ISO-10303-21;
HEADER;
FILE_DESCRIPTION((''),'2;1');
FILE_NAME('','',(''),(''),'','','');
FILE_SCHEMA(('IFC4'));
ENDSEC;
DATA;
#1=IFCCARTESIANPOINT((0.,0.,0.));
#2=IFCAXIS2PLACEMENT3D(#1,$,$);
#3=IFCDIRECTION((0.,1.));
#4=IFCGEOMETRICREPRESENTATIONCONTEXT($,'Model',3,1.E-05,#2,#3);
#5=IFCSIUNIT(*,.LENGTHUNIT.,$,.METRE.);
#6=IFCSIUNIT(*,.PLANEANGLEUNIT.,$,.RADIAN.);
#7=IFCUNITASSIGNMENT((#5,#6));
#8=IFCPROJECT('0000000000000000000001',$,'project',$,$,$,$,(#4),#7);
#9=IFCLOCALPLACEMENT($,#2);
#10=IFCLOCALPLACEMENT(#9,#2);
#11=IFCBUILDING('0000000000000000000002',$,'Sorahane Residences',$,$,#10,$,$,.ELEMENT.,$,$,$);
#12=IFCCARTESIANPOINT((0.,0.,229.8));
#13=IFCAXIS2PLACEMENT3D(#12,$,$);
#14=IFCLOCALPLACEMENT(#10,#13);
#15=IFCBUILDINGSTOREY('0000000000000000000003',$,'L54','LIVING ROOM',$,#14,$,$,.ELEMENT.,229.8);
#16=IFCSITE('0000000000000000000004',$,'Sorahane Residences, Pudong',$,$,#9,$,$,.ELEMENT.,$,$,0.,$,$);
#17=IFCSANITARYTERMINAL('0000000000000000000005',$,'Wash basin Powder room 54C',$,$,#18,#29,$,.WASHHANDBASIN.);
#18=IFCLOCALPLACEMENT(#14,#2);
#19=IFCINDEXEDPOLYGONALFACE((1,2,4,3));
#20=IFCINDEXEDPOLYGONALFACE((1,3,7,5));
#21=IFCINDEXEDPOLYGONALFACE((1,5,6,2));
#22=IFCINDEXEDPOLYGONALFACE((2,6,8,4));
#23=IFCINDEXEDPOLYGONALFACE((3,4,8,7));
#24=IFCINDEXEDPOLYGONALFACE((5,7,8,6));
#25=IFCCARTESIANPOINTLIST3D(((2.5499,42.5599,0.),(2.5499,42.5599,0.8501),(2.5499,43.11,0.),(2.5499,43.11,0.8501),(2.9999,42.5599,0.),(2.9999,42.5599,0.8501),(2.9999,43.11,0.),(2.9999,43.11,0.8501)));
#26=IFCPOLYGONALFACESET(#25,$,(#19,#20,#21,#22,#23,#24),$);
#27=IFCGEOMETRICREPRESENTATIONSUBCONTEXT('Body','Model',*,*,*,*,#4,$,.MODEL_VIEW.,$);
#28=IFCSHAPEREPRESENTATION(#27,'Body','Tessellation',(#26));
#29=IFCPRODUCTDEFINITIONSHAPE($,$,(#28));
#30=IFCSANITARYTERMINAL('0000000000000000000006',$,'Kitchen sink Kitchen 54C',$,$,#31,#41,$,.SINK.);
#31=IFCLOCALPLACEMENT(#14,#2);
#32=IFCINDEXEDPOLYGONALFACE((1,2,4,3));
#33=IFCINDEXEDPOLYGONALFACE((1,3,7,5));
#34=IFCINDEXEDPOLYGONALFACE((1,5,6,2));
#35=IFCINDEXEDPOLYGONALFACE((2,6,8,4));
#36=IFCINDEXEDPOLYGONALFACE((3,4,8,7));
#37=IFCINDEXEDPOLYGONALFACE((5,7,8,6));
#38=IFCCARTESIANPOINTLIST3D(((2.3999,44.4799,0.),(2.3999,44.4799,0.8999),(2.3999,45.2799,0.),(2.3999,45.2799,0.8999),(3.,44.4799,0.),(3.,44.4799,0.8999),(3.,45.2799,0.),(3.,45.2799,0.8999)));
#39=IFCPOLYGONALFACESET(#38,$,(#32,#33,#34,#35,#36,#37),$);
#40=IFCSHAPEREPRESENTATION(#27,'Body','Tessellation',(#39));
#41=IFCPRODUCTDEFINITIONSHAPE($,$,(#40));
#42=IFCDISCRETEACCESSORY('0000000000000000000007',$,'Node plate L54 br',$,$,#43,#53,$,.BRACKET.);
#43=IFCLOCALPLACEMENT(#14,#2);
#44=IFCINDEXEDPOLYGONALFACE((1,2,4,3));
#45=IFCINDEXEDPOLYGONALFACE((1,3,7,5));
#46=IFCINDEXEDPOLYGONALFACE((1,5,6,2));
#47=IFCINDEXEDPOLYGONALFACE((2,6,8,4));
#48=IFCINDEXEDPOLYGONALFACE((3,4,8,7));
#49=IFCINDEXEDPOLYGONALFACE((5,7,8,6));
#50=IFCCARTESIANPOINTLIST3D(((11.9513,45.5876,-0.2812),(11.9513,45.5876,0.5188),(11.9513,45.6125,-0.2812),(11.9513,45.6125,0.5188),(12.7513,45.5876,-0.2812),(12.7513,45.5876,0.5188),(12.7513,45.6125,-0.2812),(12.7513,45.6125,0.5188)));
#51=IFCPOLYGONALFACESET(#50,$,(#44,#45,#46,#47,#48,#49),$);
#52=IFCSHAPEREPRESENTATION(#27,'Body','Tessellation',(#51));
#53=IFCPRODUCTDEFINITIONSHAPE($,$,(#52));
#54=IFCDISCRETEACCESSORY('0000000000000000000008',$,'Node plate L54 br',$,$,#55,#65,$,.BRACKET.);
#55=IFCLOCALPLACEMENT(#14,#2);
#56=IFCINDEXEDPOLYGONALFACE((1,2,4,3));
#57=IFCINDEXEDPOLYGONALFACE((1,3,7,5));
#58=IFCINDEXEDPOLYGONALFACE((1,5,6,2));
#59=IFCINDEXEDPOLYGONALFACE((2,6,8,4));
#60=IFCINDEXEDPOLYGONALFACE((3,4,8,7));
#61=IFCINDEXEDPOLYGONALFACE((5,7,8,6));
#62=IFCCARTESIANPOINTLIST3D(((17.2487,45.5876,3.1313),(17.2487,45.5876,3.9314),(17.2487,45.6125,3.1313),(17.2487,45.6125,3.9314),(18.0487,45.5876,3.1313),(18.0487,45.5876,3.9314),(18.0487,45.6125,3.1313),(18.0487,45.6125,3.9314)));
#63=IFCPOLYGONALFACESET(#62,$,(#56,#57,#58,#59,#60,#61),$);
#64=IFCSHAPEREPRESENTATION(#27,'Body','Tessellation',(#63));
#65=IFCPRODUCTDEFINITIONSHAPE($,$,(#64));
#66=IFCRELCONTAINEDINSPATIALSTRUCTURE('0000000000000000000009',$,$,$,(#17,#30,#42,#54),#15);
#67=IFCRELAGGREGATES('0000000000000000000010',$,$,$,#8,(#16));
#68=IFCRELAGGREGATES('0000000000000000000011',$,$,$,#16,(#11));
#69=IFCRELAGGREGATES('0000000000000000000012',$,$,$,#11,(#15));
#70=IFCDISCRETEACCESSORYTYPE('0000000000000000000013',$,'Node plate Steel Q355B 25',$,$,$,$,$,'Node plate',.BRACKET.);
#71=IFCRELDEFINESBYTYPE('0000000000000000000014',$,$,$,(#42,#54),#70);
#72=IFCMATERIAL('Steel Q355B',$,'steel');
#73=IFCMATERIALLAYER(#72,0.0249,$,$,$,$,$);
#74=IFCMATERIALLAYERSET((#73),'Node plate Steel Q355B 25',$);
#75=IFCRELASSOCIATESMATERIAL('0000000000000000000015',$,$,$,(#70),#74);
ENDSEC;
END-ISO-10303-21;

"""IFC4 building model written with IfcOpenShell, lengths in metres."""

from ifc_helpers import new_model, si_unit, direction, frame, origin, origin_2d, place, context, subcontext, project, spatial, rectangle, extrude, material, layer, layer_set, type_object, element, save


model = new_model("IFC4")

# Units and contexts
model_context = context("Model", 3, precision=1e-05, world=origin(), true_north=direction((0.0, 1.0)))
body_context = subcontext(model_context, "Body", "Model", "MODEL_VIEW")
ifc_project = project(units=[si_unit("LENGTHUNIT", "METRE"), si_unit("PLANEANGLEUNIT", "RADIAN")], contexts=[model_context])

# Site, building, storey
site_placement = place(None, origin())
site = spatial("IfcSite", under=ifc_project, at=site_placement, Name="Sorahane Residences, Pudong", CompositionType="ELEMENT", RefElevation=0.0)
building_placement = place(site_placement, origin())
building = spatial("IfcBuilding", under=site, at=building_placement, Name="Sorahane Residences", CompositionType="ELEMENT")
storey_placement = place(building_placement, frame((0.0, 0.0, 229.8)))
storey = spatial("IfcBuildingStorey", under=building, at=storey_placement, Name="L54", Description="LIVING ROOM", CompositionType="ELEMENT", Elevation=229.8)

# Sanitary terminals
sanitary_terminal_1_placement = place(storey_placement, frame((2.7749, 42.835, 0.0), z_axis=(0.0, 0.0, 1.0), x_axis=(0.0, -1.0, 0.0)))
element("IfcSanitaryTerminal", 1, at=sanitary_terminal_1_placement, inside=storey, Name="Wash basin Powder room 54C", PredefinedType="WASHHANDBASIN", context=body_context, shape_type="SweptSolid", body=[
    extrude(rectangle(XDim=0.55, YDim=0.45, at=origin_2d()), origin(), (0.0, 0.0, 1.0), 0.8501),
])
sanitary_terminal_2_placement = place(storey_placement, frame((2.7, 44.8799, 0.0), z_axis=(0.0, 0.0, 1.0), x_axis=(0.0, -1.0, 0.0)))
element("IfcSanitaryTerminal", 2, at=sanitary_terminal_2_placement, inside=storey, Name="Kitchen sink Kitchen 54C", PredefinedType="SINK", context=body_context, shape_type="SweptSolid", body=[
    extrude(rectangle(XDim=0.8, YDim=0.6001, at=origin_2d()), origin(), (0.0, 0.0, 1.0), 0.8999),
])

# Discrete accessories
ifc_material_1 = material(Name="Steel Q355B", Category="steel")
ifc_layer_1 = layer(ifc_material_1, 0.0249)
ifc_layer_set_1 = layer_set([ifc_layer_1], Name="Node plate Steel Q355B 25")
discrete_accessory_type = type_object("IfcDiscreteAccessoryType", Name="Node plate Steel Q355B 25", ElementType="Node plate", PredefinedType="BRACKET", material=ifc_layer_set_1)
for number, where, z_axis, x_axis, name in (
    (3, (12.3513, 45.6001, -0.2812), (0.0, 0.0, 1.0), (1.0, 0.0, 0.0), "Node plate L54 br"),
    (4, (17.6487, 45.6001, 3.1313), (0.0, 0.0, 1.0), (1.0, 0.0, 0.0), "Node plate L54 br"),
):
    element("IfcDiscreteAccessory", number, at=place(storey_placement, frame(where, z_axis=z_axis, x_axis=x_axis)), inside=storey, type_object=discrete_accessory_type, Name=name, PredefinedType="BRACKET", context=body_context, shape_type="SweptSolid", body=[
        extrude(rectangle(XDim=0.8, YDim=0.0249, at=origin_2d()), origin(), (0.0, 0.0, 1.0), 0.8),
    ])

save(model, "model.ifc")
